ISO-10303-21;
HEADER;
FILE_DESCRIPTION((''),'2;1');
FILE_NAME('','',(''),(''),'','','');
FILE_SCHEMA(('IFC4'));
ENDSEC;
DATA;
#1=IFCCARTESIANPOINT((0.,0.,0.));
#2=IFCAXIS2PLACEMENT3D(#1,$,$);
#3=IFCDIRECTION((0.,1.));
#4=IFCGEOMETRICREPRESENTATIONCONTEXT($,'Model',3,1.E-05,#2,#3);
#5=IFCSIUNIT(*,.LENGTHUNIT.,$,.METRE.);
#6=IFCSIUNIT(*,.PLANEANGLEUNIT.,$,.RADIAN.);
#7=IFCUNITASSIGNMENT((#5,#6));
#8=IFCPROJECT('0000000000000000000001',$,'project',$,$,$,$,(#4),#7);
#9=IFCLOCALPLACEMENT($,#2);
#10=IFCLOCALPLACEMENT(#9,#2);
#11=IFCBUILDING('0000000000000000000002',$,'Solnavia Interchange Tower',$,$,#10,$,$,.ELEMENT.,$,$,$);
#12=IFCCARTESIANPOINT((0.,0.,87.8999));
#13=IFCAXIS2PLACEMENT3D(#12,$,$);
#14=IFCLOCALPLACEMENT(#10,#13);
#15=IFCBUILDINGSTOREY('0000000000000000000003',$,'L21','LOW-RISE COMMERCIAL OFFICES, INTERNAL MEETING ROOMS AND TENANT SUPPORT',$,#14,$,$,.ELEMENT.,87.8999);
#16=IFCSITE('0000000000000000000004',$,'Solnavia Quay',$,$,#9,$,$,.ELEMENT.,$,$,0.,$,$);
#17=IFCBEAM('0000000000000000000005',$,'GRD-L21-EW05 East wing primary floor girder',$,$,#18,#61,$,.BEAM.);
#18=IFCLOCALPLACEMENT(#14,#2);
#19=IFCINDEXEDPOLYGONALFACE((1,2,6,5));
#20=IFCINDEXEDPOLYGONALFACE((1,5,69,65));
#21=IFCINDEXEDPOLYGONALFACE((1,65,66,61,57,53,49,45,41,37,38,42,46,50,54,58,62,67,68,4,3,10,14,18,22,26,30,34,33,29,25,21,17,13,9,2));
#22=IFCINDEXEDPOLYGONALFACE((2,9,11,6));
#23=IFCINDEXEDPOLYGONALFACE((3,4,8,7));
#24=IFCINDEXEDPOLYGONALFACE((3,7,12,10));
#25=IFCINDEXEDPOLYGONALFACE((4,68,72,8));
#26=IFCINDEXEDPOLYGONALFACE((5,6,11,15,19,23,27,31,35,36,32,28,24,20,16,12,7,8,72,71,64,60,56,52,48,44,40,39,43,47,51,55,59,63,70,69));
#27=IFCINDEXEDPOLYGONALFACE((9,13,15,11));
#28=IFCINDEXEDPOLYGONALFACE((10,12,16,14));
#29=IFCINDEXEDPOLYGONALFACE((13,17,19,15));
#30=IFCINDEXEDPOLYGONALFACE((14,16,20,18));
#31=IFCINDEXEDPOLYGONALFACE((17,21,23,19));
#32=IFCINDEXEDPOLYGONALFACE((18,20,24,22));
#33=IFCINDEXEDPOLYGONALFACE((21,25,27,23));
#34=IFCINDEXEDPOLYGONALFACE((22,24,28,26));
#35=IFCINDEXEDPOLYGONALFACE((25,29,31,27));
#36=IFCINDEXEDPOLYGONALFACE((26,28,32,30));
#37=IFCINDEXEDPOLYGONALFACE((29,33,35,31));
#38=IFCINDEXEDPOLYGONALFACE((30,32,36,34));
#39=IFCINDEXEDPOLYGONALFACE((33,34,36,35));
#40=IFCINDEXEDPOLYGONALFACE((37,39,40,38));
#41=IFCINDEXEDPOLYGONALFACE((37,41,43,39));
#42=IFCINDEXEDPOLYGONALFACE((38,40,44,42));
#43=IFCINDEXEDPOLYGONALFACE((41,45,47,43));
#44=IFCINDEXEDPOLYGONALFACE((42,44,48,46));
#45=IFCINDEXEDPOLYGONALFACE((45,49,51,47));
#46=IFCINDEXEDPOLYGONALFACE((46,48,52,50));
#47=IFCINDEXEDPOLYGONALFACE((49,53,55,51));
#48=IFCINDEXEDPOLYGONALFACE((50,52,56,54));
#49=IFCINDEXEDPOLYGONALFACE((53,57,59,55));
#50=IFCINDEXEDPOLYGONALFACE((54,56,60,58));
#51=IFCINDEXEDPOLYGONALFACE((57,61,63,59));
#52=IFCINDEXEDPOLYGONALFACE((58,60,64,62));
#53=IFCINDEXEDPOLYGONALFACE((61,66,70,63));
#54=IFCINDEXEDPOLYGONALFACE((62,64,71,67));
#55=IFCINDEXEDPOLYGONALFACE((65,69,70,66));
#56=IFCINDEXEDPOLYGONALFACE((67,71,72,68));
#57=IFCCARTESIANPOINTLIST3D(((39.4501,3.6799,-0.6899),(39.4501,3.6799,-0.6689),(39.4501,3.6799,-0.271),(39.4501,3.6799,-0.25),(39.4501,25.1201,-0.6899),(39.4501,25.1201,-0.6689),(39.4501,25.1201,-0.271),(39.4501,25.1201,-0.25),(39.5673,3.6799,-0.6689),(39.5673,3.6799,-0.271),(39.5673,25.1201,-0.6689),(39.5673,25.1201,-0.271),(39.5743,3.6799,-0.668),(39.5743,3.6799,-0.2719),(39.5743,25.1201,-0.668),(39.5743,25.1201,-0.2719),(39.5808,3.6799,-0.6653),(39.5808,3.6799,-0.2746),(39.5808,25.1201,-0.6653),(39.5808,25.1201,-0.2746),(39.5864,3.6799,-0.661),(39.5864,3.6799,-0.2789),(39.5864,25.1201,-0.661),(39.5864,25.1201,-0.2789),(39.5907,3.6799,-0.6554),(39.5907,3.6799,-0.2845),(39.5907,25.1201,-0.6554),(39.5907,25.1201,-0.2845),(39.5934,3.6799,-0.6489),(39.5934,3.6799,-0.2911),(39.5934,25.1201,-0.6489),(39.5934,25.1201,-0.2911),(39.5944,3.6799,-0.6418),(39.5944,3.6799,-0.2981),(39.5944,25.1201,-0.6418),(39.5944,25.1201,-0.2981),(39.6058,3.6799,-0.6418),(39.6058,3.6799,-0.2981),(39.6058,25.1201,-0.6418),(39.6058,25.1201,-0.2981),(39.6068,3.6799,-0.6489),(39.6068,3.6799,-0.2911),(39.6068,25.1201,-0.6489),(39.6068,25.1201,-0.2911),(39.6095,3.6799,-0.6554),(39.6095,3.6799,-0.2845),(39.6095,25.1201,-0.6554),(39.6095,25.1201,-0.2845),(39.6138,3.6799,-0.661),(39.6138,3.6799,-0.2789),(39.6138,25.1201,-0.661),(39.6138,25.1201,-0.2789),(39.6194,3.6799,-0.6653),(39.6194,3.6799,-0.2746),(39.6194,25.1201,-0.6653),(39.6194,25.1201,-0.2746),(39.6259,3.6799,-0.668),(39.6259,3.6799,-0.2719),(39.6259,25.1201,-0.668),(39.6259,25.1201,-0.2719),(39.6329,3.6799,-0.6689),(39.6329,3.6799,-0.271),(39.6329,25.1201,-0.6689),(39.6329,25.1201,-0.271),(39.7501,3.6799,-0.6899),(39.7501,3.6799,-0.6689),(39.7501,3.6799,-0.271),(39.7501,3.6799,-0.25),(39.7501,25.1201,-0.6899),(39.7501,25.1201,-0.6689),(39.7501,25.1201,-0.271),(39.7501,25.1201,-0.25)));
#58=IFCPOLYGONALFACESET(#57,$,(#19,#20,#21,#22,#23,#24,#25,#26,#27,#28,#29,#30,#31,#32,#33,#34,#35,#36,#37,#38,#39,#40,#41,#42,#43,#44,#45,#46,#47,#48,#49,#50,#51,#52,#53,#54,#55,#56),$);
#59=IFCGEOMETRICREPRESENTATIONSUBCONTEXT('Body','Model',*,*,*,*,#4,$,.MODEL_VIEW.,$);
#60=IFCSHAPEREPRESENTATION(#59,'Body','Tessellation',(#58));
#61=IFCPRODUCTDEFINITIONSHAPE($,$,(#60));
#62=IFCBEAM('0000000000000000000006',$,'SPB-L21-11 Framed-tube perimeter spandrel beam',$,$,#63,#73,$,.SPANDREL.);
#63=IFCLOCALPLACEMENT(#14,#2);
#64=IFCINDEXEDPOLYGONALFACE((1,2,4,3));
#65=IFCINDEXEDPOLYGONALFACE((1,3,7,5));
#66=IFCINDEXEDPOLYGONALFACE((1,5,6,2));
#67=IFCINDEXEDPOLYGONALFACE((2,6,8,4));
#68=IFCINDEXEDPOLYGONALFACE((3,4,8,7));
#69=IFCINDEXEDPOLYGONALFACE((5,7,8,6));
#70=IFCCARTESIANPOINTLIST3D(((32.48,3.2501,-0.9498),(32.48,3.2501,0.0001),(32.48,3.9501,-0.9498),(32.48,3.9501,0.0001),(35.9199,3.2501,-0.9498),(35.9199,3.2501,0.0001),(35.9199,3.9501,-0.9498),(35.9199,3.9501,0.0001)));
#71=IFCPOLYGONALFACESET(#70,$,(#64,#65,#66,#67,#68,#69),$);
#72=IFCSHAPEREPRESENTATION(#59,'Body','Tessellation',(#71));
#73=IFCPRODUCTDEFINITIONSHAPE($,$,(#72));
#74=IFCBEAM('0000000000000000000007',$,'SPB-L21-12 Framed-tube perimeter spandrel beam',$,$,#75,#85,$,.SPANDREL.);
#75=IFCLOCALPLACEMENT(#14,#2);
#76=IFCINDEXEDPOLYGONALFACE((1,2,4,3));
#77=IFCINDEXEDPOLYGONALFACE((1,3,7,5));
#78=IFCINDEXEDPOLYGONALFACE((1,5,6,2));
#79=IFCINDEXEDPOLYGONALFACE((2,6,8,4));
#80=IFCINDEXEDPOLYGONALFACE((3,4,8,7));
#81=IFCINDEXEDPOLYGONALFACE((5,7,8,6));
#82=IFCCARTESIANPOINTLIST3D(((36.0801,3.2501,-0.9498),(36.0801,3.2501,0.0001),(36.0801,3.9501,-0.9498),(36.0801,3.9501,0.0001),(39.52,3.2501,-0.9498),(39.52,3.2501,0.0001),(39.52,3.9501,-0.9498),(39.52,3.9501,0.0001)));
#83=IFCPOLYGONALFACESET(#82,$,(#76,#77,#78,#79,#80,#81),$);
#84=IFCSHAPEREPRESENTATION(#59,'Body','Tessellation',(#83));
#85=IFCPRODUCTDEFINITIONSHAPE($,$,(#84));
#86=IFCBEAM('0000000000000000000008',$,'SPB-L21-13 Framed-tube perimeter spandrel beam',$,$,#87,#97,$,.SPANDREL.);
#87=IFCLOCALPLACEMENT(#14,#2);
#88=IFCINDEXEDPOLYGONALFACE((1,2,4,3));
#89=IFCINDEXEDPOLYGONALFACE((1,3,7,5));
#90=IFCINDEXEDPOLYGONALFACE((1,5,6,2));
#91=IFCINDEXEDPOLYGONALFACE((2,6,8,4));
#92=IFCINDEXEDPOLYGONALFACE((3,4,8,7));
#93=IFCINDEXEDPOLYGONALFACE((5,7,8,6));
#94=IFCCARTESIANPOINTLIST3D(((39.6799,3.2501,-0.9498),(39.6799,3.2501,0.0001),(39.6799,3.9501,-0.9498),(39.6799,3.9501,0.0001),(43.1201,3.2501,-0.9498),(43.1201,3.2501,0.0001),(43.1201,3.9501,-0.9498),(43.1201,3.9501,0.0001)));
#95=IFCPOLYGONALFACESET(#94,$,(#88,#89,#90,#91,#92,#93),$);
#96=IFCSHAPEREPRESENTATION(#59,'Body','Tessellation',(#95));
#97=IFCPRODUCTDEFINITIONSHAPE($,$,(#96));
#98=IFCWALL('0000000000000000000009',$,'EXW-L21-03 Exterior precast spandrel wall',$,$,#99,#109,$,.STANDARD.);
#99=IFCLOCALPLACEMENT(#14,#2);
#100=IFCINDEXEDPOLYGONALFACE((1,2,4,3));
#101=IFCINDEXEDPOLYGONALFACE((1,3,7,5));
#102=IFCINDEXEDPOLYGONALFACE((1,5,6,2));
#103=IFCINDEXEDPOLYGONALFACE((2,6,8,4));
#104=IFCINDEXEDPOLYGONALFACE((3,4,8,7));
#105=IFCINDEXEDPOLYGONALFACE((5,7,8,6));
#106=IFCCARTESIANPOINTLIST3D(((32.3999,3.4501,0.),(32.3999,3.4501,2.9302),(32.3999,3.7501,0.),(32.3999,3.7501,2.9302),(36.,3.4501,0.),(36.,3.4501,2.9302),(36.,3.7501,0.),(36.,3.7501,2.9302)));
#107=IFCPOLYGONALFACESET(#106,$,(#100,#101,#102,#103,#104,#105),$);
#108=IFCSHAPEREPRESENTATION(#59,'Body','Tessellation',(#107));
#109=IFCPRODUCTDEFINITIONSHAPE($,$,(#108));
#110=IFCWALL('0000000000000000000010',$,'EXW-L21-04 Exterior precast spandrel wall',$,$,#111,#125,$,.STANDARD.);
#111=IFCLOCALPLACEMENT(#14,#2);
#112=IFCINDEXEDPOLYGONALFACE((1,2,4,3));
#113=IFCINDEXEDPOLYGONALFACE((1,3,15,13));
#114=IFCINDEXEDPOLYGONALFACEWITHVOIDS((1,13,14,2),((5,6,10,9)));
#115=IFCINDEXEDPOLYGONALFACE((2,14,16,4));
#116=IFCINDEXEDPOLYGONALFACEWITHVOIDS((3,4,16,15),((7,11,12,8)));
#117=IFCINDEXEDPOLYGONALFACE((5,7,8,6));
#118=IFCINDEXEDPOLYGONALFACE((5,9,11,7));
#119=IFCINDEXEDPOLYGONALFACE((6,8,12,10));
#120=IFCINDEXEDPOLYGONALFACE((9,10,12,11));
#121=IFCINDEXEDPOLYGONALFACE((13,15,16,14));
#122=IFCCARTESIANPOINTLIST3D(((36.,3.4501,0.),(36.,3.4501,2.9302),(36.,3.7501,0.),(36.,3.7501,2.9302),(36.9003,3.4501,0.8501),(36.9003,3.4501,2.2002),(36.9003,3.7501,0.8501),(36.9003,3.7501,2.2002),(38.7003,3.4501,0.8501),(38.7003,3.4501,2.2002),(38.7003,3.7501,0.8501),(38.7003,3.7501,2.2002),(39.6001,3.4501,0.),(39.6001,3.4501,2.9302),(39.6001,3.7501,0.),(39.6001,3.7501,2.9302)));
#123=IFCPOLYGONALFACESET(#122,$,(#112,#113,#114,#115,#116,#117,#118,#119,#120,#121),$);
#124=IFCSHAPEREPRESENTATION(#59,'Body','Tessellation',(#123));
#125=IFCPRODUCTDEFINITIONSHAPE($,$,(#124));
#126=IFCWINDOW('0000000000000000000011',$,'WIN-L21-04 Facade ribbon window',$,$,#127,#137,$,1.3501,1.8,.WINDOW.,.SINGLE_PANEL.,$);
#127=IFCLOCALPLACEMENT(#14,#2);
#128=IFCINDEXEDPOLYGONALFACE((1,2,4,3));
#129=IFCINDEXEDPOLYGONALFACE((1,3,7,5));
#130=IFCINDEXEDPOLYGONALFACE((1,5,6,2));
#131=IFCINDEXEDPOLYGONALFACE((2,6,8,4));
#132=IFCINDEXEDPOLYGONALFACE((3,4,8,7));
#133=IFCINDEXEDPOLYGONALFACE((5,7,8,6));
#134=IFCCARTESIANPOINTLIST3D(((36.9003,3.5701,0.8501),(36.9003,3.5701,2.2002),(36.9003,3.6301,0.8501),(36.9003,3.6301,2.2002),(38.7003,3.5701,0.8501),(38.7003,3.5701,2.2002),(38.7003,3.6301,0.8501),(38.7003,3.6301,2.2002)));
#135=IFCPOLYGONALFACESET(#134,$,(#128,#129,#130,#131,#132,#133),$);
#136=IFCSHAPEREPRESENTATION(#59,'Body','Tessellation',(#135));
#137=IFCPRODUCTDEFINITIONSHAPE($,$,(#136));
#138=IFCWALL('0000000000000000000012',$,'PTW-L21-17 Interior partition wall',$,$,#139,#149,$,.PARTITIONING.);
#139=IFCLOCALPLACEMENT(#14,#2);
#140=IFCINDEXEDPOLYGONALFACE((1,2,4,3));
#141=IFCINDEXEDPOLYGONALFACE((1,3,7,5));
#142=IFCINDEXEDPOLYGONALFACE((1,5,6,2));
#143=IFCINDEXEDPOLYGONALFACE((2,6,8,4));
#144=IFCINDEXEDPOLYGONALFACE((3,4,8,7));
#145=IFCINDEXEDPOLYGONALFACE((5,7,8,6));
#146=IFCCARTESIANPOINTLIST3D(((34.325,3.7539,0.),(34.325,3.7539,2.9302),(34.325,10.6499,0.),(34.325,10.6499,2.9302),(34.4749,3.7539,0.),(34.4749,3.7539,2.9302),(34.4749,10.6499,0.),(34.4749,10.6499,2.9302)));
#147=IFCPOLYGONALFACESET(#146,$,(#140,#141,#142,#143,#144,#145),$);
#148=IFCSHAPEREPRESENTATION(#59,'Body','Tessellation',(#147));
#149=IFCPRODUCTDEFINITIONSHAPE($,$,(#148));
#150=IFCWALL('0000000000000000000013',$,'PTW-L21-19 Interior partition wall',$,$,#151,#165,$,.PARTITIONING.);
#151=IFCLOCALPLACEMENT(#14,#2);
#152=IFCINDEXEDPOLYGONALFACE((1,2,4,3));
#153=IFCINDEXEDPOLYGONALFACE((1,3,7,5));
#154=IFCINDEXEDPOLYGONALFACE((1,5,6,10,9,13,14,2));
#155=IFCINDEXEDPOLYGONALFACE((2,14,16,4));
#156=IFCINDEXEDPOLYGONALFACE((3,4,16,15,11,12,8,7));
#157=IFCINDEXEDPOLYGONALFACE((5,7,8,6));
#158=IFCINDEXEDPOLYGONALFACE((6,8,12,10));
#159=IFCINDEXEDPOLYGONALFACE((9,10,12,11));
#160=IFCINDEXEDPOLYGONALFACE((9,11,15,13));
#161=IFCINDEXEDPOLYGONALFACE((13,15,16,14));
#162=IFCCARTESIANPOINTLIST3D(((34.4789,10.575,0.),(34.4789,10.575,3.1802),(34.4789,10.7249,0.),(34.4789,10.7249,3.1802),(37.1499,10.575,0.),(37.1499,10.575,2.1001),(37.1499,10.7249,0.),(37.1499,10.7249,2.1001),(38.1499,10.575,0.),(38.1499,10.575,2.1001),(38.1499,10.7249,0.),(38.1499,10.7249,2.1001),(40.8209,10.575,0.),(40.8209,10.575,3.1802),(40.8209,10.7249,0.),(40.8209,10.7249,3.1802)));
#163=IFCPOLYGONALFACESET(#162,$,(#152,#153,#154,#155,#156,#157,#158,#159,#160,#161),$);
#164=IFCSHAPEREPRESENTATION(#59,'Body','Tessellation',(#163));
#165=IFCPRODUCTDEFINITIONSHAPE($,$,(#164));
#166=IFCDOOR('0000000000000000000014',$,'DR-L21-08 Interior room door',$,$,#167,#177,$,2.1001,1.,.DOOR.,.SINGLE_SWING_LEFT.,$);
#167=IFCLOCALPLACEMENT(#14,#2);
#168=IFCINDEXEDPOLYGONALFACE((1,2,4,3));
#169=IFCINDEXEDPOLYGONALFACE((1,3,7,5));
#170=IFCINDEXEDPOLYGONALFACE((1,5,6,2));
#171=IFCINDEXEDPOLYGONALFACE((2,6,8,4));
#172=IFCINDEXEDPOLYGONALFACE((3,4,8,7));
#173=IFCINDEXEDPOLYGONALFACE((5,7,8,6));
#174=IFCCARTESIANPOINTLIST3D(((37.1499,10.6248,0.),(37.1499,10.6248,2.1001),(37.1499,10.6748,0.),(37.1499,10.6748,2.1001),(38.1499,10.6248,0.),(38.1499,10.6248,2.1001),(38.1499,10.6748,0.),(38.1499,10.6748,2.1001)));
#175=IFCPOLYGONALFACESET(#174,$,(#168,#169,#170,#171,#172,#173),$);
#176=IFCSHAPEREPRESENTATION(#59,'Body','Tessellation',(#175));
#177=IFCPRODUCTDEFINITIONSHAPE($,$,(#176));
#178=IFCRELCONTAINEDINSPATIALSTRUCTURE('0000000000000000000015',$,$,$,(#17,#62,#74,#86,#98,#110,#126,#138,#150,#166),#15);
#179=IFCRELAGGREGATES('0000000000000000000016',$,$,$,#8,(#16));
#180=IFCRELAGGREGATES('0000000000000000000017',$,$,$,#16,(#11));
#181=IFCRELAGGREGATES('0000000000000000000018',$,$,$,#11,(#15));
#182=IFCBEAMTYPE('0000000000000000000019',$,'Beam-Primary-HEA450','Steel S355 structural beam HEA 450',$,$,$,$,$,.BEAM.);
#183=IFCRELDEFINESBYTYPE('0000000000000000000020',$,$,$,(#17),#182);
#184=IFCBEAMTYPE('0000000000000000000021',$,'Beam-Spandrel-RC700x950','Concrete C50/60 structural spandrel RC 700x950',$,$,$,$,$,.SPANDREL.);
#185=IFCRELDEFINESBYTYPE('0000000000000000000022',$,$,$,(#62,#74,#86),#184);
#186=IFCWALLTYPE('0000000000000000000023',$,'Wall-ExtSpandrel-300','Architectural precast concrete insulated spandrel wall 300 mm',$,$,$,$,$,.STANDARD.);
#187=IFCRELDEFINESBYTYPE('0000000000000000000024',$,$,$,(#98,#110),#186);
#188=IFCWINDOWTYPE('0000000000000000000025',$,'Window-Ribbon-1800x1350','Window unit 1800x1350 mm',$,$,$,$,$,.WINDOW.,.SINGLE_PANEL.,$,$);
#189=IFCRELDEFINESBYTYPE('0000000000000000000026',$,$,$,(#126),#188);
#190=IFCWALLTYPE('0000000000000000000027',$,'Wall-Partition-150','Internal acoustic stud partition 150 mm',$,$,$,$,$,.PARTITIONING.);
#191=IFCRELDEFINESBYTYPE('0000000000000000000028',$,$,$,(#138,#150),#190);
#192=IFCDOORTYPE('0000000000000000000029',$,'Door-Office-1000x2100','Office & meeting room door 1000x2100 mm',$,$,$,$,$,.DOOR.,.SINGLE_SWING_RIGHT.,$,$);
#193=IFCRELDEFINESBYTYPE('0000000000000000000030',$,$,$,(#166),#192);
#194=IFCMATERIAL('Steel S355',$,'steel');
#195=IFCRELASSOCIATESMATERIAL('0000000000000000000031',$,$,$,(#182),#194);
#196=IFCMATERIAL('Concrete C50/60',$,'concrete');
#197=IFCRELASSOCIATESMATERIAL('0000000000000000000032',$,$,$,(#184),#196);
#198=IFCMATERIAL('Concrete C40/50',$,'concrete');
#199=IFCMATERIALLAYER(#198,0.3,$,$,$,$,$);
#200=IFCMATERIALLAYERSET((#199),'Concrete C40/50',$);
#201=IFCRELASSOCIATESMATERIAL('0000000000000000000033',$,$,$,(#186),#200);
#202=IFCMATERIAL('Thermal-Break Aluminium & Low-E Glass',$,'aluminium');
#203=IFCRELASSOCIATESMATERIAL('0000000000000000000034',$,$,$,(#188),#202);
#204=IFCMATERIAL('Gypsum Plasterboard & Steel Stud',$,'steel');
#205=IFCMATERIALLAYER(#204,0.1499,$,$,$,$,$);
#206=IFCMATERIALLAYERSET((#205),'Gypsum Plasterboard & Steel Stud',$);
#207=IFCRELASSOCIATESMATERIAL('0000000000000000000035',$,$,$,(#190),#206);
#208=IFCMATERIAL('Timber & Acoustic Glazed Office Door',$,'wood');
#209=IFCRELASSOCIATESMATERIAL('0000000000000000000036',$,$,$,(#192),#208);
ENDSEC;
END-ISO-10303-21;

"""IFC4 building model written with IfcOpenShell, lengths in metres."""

from ifc_helpers import new_model, si_unit, direction, frame, frame_2d, origin, origin_2d, place, context, subcontext, project, spatial, rectangle, i_section, extrude, material, layer, layer_set, material_profile, profile_set, type_object, element, fill, save


model = new_model("IFC4")

# Units and contexts
model_context = context("Model", 3, precision=1e-05, world=origin(), true_north=direction((0.0, 1.0)))
body_context = subcontext(model_context, "Body", "Model", "MODEL_VIEW")
ifc_project = project(units=[si_unit("LENGTHUNIT", "METRE"), si_unit("PLANEANGLEUNIT", "RADIAN")], contexts=[model_context])

# Site, building, storey
site_placement = place(None, origin())
site = spatial("IfcSite", under=ifc_project, at=site_placement, Name="Solnavia Quay", CompositionType="ELEMENT", RefElevation=0.0)
building_placement = place(site_placement, origin())
building = spatial("IfcBuilding", under=site, at=building_placement, Name="Solnavia Interchange Tower", CompositionType="ELEMENT")
storey_placement = place(building_placement, frame((0.0, 0.0, 87.8999)))
storey = spatial("IfcBuildingStorey", under=building, at=storey_placement, Name="L21", Description="LOW-RISE COMMERCIAL OFFICES, INTERNAL MEETING ROOMS AND TENANT SUPPORT", CompositionType="ELEMENT", Elevation=87.8999)

# Shared definitions
ifc_material_1 = material(Name="Concrete C50/60", Category="concrete")
ifc_material_2 = material(Name="Steel S355", Category="steel")

# Beams
ifc_material_profile_1 = material_profile(ifc_material_2, i_section(OverallWidth=0.3, OverallDepth=0.4399, WebThickness=0.0115, FlangeThickness=0.021, FilletRadius=0.0271, at=origin_2d()), Name="HEA 450")
ifc_profile_set_1 = profile_set([ifc_material_profile_1], Name="Steel S355")
beam_type_1 = type_object("IfcBeamType", Name="Beam-Primary-HEA450", Description="Steel S355 structural beam HEA 450", PredefinedType="BEAM", material=ifc_profile_set_1)
beam_1_placement = place(storey_placement, frame((39.6001, 3.6799, -0.47), z_axis=(0.0, 1.0, 0.0), x_axis=(-1.0, 0.0, 0.0)))
element("IfcBeam", 1, at=beam_1_placement, inside=storey, type_object=beam_type_1, Name="GRD-L21-EW05 East wing primary floor girder", PredefinedType="BEAM", context=body_context, shape_type="SweptSolid", body=[
    extrude(i_section(OverallWidth=0.3, OverallDepth=0.4399, WebThickness=0.0115, FlangeThickness=0.021, FilletRadius=0.0271, at=origin_2d()), origin(), (0.0, 0.0, 1.0), 21.4402),
])
ifc_material_profile_2 = material_profile(ifc_material_1, rectangle(XDim=0.7, YDim=0.95, at=origin_2d()), Name="RC 700x950")
ifc_profile_set_2 = profile_set([ifc_material_profile_2], Name="Concrete C50/60")
beam_type_2 = type_object("IfcBeamType", Name="Beam-Spandrel-RC700x950", Description="Concrete C50/60 structural spandrel RC 700x950", PredefinedType="SPANDREL", material=ifc_profile_set_2)
for number, where, z_axis, x_axis, name in (
    (2, (32.48, 3.6001, -0.4749), (1.0, 0.0, 0.0), (0.0, 1.0, 0.0), "SPB-L21-11 Framed-tube perimeter spandrel beam"),
    (3, (36.0801, 3.6001, -0.4749), (1.0, 0.0, 0.0), (0.0, 1.0, 0.0), "SPB-L21-12 Framed-tube perimeter spandrel beam"),
):
    element("IfcBeam", number, at=place(storey_placement, frame(where, z_axis=z_axis, x_axis=x_axis)), inside=storey, type_object=beam_type_2, Name=name, PredefinedType="SPANDREL", context=body_context, shape_type="SweptSolid", body=[
        extrude(rectangle(XDim=0.7, YDim=0.95, at=origin_2d()), origin(), (0.0, 0.0, 1.0), 3.4399),
    ])
beam_2_placement = place(storey_placement, frame((39.6799, 3.6001, -0.4749), z_axis=(1.0, 0.0, 0.0), x_axis=(0.0, 1.0, 0.0)))
element("IfcBeam", 4, at=beam_2_placement, inside=storey, type_object=beam_type_2, Name="SPB-L21-13 Framed-tube perimeter spandrel beam", PredefinedType="SPANDREL", context=body_context, shape_type="SweptSolid", body=[
    extrude(rectangle(XDim=0.7, YDim=0.95, at=origin_2d()), origin(), (0.0, 0.0, 1.0), 3.4402),
])

# Wall
ifc_material_3 = material(Name="Concrete C40/50", Category="concrete")
ifc_layer_1 = layer(ifc_material_3, 0.3)
ifc_layer_set_1 = layer_set([ifc_layer_1], Name="Concrete C40/50")
wall_type_1 = type_object("IfcWallType", Name="Wall-ExtSpandrel-300", Description="Architectural precast concrete insulated spandrel wall 300 mm", PredefinedType="STANDARD", material=ifc_layer_set_1)
wall_1_placement = place(storey_placement, frame((36.0, 3.6001, 0.0), z_axis=(0.0, 0.0, 1.0), x_axis=(-1.0, 0.0, 0.0)))
element("IfcWall", 5, at=wall_1_placement, inside=storey, type_object=wall_type_1, Name="EXW-L21-03 Exterior precast spandrel wall", PredefinedType="STANDARD", context=body_context, shape_type="SweptSolid", body=[
    extrude(rectangle(XDim=3.6001, YDim=0.3, at=frame_2d((1.8, 0.0))), origin(), (0.0, 0.0, 1.0), 2.9302),
])

# Wall, opening, window
wall_2_placement = place(storey_placement, frame((39.6001, 3.6001, 0.0), z_axis=(0.0, 0.0, 1.0), x_axis=(-1.0, 0.0, 0.0)))
wall_2 = element("IfcWall", 6, at=wall_2_placement, inside=storey, type_object=wall_type_1, Name="EXW-L21-04 Exterior precast spandrel wall", PredefinedType="STANDARD", context=body_context, shape_type="SweptSolid", body=[
    extrude(rectangle(XDim=3.6001, YDim=0.3, at=frame_2d((1.8, 0.0))), origin(), (0.0, 0.0, 1.0), 2.9302),
])
opening_1_placement = place(wall_2_placement, frame((0.8999, 0.0, 0.8501)))
opening_1 = element("IfcOpeningElement", 7, at=opening_1_placement, cuts=wall_2, PredefinedType="OPENING", context=body_context, shape_type="SweptSolid", body=[
    extrude(rectangle(XDim=1.8, YDim=1.3501, at=frame_2d((0.8999, 0.675))), frame((0.0, 0.1602, 0.0), z_axis=(0.0, -1.0, 0.0), x_axis=(1.0, 0.0, 0.0)), (0.0, 0.0, 1.0), 0.3201),
])
ifc_material_4 = material(Name="Thermal-Break Aluminium & Low-E Glass", Category="aluminium")
window_type = type_object("IfcWindowType", Name="Window-Ribbon-1800x1350", Description="Window unit 1800x1350 mm", PartitioningType="SINGLE_PANEL", PredefinedType="WINDOW", material=ifc_material_4)
window_placement = place(opening_1_placement, origin())
window = element("IfcWindow", 8, at=window_placement, inside=storey, type_object=window_type, Name="WIN-L21-04 Facade ribbon window", OverallHeight=1.3501, OverallWidth=1.8, PartitioningType="SINGLE_PANEL", PredefinedType="WINDOW", context=body_context, shape_type="SweptSolid", body=[
    extrude(rectangle(XDim=1.8, YDim=1.3501, at=frame_2d((0.8999, 0.675))), frame((0.0, 0.03, 0.0), z_axis=(0.0, -1.0, 0.0), x_axis=(1.0, 0.0, 0.0)), (0.0, 0.0, 1.0), 0.0601),
])
fill(opening_1, window)

# Wall
ifc_material_5 = material(Name="Gypsum Plasterboard & Steel Stud", Category="steel")
ifc_layer_2 = layer(ifc_material_5, 0.1499)
ifc_layer_set_2 = layer_set([ifc_layer_2], Name="Gypsum Plasterboard & Steel Stud")
wall_type_2 = type_object("IfcWallType", Name="Wall-Partition-150", Description="Internal acoustic stud partition 150 mm", PredefinedType="PARTITIONING", material=ifc_layer_set_2)
wall_3_placement = place(storey_placement, frame((34.3999, 3.7539, 0.0), z_axis=(0.0, 0.0, 1.0), x_axis=(0.0, 1.0, 0.0)))
element("IfcWall", 9, at=wall_3_placement, inside=storey, type_object=wall_type_2, Name="PTW-L21-17 Interior partition wall", PredefinedType="PARTITIONING", context=body_context, shape_type="SweptSolid", body=[
    extrude(rectangle(XDim=6.896, YDim=0.1499, at=frame_2d((3.448, 0.0))), origin(), (0.0, 0.0, 1.0), 2.9302),
])

# Wall, opening, door
wall_4_placement = place(storey_placement, frame((34.479, 10.6499, 0.0), z_axis=(0.0, 0.0, 1.0), x_axis=(1.0, 0.0, 0.0)))
wall_4 = element("IfcWall", 10, at=wall_4_placement, inside=storey, type_object=wall_type_2, Name="PTW-L21-19 Interior partition wall", PredefinedType="PARTITIONING", context=body_context, shape_type="SweptSolid", body=[
    extrude(rectangle(XDim=6.342, YDim=0.1499, at=frame_2d((3.1709, 0.0))), origin(), (0.0, 0.0, 1.0), 3.1802),
])
opening_2_placement = place(wall_4_placement, frame((2.6709, 0.0, 0.0)))
opening_2 = element("IfcOpeningElement", 11, at=opening_2_placement, cuts=wall_4, PredefinedType="OPENING", context=body_context, shape_type="SweptSolid", body=[
    extrude(rectangle(XDim=1.0, YDim=2.1001, at=frame_2d((0.5, 1.05))), frame((0.0, 0.085, 0.0), z_axis=(0.0, -1.0, 0.0), x_axis=(1.0, 0.0, 0.0)), (0.0, 0.0, 1.0), 0.1699),
])
ifc_material_6 = material(Name="Timber & Acoustic Glazed Office Door", Category="wood")
door_type_1 = type_object("IfcDoorType", Name="Door-Office-1000x2100", Description="Office & meeting room door 1000x2100 mm", OperationType="SINGLE_SWING_RIGHT", PredefinedType="DOOR", material=ifc_material_6)
door_1_placement = place(opening_2_placement, origin())
door_1 = element("IfcDoor", 12, at=door_1_placement, inside=storey, type_object=door_type_1, Name="DR-L21-08 Interior room door", OperationType="SINGLE_SWING_LEFT", OverallHeight=2.1001, OverallWidth=1.0, PredefinedType="DOOR", context=body_context, shape_type="SweptSolid", body=[
    extrude(rectangle(XDim=1.0, YDim=2.1001, at=frame_2d((0.5, 1.05))), frame((0.0, 0.0249, 0.0), z_axis=(0.0, -1.0, 0.0), x_axis=(1.0, 0.0, 0.0)), (0.0, 0.0, 1.0), 0.05),
])
fill(opening_2, door_1)

save(model, "model.ifc")
